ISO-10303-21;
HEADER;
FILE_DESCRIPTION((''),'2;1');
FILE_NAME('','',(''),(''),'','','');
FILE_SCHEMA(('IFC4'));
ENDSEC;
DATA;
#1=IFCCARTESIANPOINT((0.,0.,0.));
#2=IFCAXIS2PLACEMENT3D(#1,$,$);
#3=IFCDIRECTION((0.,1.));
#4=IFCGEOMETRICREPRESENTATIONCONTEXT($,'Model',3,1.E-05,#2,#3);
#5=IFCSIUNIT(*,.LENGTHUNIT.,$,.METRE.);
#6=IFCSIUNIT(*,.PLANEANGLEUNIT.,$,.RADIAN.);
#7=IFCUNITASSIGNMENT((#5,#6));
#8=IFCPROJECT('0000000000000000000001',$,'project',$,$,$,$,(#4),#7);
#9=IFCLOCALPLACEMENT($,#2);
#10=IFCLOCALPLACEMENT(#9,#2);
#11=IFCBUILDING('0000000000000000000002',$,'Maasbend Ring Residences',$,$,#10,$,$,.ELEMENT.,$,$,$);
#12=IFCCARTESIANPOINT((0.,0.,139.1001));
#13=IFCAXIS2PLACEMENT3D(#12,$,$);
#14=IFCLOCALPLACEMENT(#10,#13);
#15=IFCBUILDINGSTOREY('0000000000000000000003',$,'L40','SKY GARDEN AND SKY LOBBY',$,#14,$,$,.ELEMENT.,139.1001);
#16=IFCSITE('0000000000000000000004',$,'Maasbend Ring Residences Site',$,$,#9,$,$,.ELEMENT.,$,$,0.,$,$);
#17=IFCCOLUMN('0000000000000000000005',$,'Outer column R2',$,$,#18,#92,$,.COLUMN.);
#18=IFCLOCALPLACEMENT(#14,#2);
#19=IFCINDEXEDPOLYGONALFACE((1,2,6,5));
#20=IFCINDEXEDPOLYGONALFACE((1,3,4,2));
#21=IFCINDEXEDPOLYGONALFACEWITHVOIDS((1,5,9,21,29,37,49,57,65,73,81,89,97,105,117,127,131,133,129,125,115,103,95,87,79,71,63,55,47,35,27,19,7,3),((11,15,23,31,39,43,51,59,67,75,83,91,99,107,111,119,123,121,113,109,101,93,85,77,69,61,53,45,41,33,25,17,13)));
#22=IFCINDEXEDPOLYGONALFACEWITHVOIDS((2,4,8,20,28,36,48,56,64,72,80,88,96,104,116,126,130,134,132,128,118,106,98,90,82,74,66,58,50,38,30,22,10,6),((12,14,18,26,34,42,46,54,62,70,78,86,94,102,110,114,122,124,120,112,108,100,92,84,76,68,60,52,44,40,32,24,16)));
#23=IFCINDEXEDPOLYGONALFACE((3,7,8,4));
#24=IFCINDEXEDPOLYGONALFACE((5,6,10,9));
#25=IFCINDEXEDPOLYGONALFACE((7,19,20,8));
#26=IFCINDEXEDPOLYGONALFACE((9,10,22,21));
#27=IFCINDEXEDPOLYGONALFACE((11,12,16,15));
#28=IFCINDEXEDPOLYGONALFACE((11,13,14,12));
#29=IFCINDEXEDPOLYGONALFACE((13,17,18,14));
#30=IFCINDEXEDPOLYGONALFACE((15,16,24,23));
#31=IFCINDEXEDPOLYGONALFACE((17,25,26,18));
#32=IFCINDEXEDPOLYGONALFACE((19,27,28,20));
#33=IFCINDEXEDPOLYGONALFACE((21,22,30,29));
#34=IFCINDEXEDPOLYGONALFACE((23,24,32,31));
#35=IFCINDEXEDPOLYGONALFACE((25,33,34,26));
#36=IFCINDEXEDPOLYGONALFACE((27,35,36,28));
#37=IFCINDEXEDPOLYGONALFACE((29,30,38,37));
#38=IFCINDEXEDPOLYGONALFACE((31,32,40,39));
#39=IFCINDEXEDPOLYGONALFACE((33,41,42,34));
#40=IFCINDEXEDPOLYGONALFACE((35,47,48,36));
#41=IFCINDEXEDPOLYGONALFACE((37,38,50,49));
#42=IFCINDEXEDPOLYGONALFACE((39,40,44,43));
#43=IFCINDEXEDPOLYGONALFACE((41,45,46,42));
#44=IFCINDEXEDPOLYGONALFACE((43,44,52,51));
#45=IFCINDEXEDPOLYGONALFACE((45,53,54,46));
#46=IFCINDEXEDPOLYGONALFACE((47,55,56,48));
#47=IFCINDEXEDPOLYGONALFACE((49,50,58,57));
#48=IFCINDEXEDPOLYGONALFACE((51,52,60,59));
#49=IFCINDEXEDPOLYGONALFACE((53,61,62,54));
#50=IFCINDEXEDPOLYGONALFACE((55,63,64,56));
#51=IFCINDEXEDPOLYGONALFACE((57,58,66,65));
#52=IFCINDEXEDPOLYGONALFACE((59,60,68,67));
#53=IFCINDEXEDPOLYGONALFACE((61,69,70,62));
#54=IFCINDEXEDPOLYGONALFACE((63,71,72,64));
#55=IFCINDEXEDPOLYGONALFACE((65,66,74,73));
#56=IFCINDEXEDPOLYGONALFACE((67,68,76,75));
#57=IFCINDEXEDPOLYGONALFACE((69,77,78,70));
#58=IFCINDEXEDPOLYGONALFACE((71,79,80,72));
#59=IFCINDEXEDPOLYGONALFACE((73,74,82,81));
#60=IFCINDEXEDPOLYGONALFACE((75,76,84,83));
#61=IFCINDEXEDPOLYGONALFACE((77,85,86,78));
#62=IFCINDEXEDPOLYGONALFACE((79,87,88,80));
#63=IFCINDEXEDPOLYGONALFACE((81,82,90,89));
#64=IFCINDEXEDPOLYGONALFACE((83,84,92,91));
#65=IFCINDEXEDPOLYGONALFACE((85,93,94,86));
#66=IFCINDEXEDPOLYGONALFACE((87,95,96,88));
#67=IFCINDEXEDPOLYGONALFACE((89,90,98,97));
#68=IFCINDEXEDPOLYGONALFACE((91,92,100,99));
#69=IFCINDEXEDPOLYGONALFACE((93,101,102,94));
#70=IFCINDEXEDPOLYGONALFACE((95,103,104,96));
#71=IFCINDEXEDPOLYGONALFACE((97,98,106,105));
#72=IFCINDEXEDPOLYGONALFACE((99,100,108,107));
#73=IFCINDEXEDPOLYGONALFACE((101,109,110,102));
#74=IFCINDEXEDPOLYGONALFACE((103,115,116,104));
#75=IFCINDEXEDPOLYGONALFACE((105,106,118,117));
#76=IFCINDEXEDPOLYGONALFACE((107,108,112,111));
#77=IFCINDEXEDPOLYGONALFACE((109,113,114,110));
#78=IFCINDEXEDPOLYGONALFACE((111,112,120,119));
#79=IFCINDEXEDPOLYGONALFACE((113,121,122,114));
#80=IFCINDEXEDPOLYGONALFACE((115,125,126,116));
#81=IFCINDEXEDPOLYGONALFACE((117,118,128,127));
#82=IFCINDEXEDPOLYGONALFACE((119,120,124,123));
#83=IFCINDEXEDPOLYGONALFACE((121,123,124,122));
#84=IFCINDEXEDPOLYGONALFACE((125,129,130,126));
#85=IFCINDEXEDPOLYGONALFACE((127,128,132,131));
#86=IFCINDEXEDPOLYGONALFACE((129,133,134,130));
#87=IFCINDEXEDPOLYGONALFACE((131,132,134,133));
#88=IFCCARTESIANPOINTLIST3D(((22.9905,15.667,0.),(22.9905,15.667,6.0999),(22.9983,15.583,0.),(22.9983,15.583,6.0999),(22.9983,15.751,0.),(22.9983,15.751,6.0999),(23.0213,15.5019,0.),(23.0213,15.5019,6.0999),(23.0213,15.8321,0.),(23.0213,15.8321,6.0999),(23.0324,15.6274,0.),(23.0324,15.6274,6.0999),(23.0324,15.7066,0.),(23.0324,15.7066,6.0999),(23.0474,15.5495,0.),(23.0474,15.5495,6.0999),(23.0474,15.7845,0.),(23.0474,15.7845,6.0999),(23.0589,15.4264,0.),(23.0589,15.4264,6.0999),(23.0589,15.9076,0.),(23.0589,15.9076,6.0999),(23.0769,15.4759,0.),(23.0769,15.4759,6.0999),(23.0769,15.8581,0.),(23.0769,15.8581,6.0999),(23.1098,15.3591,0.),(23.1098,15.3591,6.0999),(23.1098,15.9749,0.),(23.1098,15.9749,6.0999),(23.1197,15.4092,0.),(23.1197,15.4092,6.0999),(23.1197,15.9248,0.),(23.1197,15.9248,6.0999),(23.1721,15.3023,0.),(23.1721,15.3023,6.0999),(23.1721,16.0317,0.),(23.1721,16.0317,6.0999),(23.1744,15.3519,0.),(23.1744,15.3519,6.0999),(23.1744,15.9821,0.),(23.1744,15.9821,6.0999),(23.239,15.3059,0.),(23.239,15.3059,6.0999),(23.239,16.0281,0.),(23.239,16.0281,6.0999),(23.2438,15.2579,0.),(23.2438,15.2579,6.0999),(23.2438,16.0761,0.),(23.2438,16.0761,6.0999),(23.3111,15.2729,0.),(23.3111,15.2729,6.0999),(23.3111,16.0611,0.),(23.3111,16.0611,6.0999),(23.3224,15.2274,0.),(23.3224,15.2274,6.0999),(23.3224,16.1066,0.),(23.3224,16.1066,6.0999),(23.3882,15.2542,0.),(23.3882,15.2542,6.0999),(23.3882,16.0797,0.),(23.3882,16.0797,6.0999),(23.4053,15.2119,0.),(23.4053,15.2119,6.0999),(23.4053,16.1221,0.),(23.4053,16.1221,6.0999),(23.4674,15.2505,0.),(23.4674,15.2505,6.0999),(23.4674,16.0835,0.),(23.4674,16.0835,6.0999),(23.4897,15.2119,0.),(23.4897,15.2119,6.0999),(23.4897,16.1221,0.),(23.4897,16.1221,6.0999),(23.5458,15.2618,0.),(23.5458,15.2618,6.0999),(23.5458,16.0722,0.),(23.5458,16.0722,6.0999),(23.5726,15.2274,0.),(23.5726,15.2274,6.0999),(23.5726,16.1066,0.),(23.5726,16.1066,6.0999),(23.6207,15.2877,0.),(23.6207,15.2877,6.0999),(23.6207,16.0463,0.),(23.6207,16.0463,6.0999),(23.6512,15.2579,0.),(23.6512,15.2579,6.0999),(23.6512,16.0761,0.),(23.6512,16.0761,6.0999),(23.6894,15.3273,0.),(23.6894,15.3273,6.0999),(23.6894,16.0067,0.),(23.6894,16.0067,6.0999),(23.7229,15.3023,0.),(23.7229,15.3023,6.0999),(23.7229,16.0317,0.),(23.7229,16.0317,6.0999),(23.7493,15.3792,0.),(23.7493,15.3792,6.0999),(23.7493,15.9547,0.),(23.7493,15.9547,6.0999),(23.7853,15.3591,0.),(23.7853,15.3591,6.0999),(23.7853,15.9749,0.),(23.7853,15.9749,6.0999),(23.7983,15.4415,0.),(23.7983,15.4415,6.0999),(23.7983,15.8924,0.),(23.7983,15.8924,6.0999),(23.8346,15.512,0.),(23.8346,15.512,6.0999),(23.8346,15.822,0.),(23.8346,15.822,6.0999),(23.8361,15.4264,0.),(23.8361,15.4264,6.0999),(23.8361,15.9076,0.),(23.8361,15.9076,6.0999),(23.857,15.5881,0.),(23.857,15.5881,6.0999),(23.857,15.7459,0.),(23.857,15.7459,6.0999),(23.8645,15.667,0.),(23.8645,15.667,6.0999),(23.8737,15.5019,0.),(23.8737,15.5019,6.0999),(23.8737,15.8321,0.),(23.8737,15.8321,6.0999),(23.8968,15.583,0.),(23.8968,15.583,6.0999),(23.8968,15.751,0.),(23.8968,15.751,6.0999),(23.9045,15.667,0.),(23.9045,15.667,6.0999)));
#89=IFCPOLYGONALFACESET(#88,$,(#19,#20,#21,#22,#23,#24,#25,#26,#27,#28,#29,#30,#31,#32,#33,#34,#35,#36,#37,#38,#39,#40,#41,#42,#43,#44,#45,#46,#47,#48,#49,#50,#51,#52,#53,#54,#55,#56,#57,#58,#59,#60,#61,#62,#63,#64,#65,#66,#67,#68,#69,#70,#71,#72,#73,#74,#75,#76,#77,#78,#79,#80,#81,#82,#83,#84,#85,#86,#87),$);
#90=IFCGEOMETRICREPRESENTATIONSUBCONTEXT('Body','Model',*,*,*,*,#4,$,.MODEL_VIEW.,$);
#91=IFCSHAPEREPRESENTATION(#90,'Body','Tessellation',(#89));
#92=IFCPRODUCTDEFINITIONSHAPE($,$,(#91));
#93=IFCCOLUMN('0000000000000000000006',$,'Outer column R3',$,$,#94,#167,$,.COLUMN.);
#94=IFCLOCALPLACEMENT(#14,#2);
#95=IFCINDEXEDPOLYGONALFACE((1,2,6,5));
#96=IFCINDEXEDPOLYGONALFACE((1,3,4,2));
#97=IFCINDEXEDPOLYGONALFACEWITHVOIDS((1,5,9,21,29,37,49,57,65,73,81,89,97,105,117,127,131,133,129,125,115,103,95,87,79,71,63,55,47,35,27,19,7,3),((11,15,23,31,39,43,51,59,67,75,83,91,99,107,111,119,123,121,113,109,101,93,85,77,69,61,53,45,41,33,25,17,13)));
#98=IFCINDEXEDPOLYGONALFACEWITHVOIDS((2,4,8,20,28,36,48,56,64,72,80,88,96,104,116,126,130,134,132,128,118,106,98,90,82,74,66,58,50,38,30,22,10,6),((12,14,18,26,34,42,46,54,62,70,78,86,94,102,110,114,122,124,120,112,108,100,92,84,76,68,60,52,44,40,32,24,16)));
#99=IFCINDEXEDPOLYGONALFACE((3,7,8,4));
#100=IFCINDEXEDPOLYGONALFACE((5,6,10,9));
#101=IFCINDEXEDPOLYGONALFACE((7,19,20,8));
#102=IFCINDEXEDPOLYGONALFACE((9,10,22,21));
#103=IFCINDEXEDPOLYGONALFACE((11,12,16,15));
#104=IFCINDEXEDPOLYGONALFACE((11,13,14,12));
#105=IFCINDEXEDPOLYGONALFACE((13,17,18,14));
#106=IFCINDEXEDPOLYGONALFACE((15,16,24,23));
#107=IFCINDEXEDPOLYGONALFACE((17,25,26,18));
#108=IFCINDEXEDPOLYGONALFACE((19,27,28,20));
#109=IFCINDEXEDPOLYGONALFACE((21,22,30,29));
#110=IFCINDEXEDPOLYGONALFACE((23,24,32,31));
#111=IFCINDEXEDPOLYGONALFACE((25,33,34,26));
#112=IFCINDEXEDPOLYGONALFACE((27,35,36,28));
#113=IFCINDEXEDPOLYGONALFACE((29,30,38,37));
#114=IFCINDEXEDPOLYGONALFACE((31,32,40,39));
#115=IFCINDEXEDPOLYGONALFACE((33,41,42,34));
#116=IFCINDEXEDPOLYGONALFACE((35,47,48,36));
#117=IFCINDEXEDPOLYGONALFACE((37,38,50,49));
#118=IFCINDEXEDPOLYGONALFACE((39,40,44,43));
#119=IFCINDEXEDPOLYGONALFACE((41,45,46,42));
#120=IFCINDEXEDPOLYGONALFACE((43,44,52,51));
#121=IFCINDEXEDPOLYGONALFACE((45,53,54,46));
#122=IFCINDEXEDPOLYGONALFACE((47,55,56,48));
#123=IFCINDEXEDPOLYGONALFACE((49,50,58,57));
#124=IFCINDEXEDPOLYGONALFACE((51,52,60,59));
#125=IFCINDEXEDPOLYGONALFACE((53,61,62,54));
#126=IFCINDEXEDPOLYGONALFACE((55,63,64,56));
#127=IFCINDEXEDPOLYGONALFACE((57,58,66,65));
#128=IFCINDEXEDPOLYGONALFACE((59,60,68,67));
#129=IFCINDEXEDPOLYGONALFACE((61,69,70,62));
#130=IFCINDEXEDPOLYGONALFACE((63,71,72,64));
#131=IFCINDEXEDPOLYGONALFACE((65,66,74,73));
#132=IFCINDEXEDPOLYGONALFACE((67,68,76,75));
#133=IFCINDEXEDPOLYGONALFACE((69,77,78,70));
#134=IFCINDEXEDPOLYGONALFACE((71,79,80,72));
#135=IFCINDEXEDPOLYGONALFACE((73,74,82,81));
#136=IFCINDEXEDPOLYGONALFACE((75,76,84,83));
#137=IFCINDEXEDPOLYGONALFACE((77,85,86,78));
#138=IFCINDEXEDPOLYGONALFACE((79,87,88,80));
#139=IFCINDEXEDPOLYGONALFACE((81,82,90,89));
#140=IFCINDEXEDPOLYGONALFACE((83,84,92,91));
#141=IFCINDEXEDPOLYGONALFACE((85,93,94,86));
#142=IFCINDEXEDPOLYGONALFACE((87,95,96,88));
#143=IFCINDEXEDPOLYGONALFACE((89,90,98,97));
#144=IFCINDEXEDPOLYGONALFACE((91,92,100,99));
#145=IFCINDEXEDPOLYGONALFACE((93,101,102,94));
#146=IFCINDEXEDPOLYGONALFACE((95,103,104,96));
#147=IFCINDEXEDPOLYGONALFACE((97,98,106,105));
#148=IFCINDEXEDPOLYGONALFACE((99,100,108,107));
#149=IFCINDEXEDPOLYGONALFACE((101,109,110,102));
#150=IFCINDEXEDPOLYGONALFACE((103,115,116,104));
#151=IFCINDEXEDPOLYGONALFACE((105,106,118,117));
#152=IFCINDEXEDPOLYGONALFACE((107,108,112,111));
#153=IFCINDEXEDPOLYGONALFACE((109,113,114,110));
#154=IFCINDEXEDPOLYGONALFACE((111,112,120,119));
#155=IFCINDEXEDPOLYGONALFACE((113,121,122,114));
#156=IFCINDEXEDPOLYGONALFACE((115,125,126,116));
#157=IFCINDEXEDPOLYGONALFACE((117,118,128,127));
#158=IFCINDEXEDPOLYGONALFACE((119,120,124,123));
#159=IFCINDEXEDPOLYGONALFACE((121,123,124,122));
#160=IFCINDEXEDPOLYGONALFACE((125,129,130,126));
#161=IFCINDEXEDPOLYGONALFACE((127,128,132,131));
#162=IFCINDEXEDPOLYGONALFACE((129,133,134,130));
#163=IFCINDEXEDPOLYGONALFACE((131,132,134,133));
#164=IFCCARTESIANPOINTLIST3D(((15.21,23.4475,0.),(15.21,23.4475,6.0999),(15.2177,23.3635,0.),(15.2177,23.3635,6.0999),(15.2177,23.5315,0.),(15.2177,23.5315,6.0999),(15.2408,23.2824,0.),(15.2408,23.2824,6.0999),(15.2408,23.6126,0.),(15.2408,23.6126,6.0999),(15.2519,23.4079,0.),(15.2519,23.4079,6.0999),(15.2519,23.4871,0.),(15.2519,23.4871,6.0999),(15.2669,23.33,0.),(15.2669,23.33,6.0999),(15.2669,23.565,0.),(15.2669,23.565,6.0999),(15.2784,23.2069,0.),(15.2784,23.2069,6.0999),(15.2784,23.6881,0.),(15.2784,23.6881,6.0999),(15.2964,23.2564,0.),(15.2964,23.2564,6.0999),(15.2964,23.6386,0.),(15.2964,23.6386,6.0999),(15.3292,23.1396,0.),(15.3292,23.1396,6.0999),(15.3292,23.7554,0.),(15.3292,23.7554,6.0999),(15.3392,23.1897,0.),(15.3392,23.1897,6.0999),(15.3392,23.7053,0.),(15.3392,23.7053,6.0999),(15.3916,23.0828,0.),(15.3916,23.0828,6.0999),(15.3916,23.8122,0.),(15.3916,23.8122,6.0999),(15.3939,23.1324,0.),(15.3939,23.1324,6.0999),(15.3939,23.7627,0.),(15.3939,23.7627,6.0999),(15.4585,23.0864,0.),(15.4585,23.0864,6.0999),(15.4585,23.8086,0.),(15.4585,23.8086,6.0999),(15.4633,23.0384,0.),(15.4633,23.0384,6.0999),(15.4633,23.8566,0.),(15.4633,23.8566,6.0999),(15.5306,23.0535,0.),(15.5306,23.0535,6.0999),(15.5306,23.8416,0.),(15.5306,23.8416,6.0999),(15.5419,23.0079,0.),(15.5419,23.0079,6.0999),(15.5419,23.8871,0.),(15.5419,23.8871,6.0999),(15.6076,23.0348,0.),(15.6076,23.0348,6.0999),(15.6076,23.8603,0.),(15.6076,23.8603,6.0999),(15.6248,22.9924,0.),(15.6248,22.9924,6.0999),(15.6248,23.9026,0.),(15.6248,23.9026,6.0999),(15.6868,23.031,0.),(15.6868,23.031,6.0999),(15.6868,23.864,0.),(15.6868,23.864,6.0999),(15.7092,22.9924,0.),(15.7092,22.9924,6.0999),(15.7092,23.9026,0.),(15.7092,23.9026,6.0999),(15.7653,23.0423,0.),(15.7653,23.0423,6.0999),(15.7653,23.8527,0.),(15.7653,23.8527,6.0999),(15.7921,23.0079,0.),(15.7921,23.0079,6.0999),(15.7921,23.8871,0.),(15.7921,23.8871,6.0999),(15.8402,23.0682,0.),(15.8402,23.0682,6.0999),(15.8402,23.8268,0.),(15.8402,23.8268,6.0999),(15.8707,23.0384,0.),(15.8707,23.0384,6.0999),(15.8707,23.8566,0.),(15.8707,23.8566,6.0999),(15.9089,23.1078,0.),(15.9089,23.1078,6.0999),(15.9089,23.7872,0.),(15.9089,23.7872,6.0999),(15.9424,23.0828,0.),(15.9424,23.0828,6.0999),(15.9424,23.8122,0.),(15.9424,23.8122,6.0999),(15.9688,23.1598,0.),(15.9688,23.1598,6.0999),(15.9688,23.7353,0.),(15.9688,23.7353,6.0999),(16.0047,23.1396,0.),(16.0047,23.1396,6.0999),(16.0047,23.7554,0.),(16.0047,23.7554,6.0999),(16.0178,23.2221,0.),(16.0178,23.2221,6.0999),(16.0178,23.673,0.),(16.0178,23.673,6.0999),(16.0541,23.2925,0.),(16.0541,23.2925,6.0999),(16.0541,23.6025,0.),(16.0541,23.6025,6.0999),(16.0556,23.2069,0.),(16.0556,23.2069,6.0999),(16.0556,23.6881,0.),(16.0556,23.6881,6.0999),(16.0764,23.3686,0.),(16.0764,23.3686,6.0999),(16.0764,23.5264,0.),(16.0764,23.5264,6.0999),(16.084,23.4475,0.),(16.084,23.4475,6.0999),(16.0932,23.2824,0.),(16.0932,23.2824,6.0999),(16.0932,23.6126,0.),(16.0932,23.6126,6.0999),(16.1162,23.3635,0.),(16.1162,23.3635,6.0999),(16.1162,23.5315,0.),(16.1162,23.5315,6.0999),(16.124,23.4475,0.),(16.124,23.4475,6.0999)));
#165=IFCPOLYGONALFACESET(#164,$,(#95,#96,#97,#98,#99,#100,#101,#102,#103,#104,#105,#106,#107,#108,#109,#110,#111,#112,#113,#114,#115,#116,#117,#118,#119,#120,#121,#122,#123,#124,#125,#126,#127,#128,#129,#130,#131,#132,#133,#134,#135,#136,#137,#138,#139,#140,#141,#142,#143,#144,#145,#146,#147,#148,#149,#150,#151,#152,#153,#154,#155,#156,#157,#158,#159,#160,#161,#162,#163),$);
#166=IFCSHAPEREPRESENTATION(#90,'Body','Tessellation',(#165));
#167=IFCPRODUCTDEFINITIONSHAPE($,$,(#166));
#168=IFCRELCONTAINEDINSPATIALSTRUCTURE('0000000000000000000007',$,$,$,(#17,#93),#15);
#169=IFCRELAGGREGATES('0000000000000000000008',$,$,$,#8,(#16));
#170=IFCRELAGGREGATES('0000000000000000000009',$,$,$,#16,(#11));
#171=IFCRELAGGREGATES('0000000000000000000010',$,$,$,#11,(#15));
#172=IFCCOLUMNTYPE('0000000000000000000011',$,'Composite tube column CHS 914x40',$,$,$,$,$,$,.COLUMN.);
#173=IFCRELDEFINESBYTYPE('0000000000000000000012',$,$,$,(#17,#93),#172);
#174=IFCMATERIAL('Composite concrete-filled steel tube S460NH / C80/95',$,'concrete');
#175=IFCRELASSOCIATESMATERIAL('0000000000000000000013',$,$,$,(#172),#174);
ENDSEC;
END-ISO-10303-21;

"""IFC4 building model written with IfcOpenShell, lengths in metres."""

from ifc_helpers import new_model, si_unit, direction, frame, origin, origin_2d, place, context, subcontext, project, spatial, hollow_circle, extrude, material, material_profile, profile_set, type_object, element, save


model = new_model("IFC4")

# Units and contexts
model_context = context("Model", 3, precision=1e-05, world=origin(), true_north=direction((0.0, 1.0)))
body_context = subcontext(model_context, "Body", "Model", "MODEL_VIEW")
ifc_project = project(units=[si_unit("LENGTHUNIT", "METRE"), si_unit("PLANEANGLEUNIT", "RADIAN")], contexts=[model_context])

# Site, building, storey
site_placement = place(None, origin())
site = spatial("IfcSite", under=ifc_project, at=site_placement, Name="Maasbend Ring Residences Site", CompositionType="ELEMENT", RefElevation=0.0)
building_placement = place(site_placement, origin())
building = spatial("IfcBuilding", under=site, at=building_placement, Name="Maasbend Ring Residences", CompositionType="ELEMENT")
storey_placement = place(building_placement, frame((0.0, 0.0, 139.1001)))
storey = spatial("IfcBuildingStorey", under=building, at=storey_placement, Name="L40", Description="SKY GARDEN AND SKY LOBBY", CompositionType="ELEMENT", Elevation=139.1001)

# Columns
ifc_material_1 = material(Name="Composite concrete-filled steel tube S460NH / C80/95", Category="concrete")
ifc_material_profile_1 = material_profile(ifc_material_1, hollow_circle(Radius=0.457, WallThickness=0.04, at=origin_2d()), Name="Composite tube column CHS 914x40")
ifc_profile_set_1 = profile_set([ifc_material_profile_1], Name="Composite concrete-filled steel tube S460NH / C80/95")
column_type_1 = type_object("IfcColumnType", Name="Composite tube column CHS 914x40", PredefinedType="COLUMN", material=ifc_profile_set_1)
for number, where, z_axis, x_axis, name in (
    (1, (23.4475, 15.667, 0.0), (0.0, 0.0, 1.0), (1.0, 0.0, 0.0), "Outer column R2"),
    (2, (15.667, 23.4475, 0.0), (0.0, 0.0, 1.0), (1.0, 0.0, 0.0), "Outer column R3"),
):
    element("IfcColumn", number, at=place(storey_placement, frame(where, z_axis=z_axis, x_axis=x_axis)), inside=storey, type_object=column_type_1, Name=name, PredefinedType="COLUMN", context=body_context, shape_type="SweptSolid", body=[
        extrude(hollow_circle(Radius=0.457, WallThickness=0.04, at=origin_2d()), origin(), (0.0, 0.0, 1.0), 6.0999),
    ])

save(model, "model.ifc")
